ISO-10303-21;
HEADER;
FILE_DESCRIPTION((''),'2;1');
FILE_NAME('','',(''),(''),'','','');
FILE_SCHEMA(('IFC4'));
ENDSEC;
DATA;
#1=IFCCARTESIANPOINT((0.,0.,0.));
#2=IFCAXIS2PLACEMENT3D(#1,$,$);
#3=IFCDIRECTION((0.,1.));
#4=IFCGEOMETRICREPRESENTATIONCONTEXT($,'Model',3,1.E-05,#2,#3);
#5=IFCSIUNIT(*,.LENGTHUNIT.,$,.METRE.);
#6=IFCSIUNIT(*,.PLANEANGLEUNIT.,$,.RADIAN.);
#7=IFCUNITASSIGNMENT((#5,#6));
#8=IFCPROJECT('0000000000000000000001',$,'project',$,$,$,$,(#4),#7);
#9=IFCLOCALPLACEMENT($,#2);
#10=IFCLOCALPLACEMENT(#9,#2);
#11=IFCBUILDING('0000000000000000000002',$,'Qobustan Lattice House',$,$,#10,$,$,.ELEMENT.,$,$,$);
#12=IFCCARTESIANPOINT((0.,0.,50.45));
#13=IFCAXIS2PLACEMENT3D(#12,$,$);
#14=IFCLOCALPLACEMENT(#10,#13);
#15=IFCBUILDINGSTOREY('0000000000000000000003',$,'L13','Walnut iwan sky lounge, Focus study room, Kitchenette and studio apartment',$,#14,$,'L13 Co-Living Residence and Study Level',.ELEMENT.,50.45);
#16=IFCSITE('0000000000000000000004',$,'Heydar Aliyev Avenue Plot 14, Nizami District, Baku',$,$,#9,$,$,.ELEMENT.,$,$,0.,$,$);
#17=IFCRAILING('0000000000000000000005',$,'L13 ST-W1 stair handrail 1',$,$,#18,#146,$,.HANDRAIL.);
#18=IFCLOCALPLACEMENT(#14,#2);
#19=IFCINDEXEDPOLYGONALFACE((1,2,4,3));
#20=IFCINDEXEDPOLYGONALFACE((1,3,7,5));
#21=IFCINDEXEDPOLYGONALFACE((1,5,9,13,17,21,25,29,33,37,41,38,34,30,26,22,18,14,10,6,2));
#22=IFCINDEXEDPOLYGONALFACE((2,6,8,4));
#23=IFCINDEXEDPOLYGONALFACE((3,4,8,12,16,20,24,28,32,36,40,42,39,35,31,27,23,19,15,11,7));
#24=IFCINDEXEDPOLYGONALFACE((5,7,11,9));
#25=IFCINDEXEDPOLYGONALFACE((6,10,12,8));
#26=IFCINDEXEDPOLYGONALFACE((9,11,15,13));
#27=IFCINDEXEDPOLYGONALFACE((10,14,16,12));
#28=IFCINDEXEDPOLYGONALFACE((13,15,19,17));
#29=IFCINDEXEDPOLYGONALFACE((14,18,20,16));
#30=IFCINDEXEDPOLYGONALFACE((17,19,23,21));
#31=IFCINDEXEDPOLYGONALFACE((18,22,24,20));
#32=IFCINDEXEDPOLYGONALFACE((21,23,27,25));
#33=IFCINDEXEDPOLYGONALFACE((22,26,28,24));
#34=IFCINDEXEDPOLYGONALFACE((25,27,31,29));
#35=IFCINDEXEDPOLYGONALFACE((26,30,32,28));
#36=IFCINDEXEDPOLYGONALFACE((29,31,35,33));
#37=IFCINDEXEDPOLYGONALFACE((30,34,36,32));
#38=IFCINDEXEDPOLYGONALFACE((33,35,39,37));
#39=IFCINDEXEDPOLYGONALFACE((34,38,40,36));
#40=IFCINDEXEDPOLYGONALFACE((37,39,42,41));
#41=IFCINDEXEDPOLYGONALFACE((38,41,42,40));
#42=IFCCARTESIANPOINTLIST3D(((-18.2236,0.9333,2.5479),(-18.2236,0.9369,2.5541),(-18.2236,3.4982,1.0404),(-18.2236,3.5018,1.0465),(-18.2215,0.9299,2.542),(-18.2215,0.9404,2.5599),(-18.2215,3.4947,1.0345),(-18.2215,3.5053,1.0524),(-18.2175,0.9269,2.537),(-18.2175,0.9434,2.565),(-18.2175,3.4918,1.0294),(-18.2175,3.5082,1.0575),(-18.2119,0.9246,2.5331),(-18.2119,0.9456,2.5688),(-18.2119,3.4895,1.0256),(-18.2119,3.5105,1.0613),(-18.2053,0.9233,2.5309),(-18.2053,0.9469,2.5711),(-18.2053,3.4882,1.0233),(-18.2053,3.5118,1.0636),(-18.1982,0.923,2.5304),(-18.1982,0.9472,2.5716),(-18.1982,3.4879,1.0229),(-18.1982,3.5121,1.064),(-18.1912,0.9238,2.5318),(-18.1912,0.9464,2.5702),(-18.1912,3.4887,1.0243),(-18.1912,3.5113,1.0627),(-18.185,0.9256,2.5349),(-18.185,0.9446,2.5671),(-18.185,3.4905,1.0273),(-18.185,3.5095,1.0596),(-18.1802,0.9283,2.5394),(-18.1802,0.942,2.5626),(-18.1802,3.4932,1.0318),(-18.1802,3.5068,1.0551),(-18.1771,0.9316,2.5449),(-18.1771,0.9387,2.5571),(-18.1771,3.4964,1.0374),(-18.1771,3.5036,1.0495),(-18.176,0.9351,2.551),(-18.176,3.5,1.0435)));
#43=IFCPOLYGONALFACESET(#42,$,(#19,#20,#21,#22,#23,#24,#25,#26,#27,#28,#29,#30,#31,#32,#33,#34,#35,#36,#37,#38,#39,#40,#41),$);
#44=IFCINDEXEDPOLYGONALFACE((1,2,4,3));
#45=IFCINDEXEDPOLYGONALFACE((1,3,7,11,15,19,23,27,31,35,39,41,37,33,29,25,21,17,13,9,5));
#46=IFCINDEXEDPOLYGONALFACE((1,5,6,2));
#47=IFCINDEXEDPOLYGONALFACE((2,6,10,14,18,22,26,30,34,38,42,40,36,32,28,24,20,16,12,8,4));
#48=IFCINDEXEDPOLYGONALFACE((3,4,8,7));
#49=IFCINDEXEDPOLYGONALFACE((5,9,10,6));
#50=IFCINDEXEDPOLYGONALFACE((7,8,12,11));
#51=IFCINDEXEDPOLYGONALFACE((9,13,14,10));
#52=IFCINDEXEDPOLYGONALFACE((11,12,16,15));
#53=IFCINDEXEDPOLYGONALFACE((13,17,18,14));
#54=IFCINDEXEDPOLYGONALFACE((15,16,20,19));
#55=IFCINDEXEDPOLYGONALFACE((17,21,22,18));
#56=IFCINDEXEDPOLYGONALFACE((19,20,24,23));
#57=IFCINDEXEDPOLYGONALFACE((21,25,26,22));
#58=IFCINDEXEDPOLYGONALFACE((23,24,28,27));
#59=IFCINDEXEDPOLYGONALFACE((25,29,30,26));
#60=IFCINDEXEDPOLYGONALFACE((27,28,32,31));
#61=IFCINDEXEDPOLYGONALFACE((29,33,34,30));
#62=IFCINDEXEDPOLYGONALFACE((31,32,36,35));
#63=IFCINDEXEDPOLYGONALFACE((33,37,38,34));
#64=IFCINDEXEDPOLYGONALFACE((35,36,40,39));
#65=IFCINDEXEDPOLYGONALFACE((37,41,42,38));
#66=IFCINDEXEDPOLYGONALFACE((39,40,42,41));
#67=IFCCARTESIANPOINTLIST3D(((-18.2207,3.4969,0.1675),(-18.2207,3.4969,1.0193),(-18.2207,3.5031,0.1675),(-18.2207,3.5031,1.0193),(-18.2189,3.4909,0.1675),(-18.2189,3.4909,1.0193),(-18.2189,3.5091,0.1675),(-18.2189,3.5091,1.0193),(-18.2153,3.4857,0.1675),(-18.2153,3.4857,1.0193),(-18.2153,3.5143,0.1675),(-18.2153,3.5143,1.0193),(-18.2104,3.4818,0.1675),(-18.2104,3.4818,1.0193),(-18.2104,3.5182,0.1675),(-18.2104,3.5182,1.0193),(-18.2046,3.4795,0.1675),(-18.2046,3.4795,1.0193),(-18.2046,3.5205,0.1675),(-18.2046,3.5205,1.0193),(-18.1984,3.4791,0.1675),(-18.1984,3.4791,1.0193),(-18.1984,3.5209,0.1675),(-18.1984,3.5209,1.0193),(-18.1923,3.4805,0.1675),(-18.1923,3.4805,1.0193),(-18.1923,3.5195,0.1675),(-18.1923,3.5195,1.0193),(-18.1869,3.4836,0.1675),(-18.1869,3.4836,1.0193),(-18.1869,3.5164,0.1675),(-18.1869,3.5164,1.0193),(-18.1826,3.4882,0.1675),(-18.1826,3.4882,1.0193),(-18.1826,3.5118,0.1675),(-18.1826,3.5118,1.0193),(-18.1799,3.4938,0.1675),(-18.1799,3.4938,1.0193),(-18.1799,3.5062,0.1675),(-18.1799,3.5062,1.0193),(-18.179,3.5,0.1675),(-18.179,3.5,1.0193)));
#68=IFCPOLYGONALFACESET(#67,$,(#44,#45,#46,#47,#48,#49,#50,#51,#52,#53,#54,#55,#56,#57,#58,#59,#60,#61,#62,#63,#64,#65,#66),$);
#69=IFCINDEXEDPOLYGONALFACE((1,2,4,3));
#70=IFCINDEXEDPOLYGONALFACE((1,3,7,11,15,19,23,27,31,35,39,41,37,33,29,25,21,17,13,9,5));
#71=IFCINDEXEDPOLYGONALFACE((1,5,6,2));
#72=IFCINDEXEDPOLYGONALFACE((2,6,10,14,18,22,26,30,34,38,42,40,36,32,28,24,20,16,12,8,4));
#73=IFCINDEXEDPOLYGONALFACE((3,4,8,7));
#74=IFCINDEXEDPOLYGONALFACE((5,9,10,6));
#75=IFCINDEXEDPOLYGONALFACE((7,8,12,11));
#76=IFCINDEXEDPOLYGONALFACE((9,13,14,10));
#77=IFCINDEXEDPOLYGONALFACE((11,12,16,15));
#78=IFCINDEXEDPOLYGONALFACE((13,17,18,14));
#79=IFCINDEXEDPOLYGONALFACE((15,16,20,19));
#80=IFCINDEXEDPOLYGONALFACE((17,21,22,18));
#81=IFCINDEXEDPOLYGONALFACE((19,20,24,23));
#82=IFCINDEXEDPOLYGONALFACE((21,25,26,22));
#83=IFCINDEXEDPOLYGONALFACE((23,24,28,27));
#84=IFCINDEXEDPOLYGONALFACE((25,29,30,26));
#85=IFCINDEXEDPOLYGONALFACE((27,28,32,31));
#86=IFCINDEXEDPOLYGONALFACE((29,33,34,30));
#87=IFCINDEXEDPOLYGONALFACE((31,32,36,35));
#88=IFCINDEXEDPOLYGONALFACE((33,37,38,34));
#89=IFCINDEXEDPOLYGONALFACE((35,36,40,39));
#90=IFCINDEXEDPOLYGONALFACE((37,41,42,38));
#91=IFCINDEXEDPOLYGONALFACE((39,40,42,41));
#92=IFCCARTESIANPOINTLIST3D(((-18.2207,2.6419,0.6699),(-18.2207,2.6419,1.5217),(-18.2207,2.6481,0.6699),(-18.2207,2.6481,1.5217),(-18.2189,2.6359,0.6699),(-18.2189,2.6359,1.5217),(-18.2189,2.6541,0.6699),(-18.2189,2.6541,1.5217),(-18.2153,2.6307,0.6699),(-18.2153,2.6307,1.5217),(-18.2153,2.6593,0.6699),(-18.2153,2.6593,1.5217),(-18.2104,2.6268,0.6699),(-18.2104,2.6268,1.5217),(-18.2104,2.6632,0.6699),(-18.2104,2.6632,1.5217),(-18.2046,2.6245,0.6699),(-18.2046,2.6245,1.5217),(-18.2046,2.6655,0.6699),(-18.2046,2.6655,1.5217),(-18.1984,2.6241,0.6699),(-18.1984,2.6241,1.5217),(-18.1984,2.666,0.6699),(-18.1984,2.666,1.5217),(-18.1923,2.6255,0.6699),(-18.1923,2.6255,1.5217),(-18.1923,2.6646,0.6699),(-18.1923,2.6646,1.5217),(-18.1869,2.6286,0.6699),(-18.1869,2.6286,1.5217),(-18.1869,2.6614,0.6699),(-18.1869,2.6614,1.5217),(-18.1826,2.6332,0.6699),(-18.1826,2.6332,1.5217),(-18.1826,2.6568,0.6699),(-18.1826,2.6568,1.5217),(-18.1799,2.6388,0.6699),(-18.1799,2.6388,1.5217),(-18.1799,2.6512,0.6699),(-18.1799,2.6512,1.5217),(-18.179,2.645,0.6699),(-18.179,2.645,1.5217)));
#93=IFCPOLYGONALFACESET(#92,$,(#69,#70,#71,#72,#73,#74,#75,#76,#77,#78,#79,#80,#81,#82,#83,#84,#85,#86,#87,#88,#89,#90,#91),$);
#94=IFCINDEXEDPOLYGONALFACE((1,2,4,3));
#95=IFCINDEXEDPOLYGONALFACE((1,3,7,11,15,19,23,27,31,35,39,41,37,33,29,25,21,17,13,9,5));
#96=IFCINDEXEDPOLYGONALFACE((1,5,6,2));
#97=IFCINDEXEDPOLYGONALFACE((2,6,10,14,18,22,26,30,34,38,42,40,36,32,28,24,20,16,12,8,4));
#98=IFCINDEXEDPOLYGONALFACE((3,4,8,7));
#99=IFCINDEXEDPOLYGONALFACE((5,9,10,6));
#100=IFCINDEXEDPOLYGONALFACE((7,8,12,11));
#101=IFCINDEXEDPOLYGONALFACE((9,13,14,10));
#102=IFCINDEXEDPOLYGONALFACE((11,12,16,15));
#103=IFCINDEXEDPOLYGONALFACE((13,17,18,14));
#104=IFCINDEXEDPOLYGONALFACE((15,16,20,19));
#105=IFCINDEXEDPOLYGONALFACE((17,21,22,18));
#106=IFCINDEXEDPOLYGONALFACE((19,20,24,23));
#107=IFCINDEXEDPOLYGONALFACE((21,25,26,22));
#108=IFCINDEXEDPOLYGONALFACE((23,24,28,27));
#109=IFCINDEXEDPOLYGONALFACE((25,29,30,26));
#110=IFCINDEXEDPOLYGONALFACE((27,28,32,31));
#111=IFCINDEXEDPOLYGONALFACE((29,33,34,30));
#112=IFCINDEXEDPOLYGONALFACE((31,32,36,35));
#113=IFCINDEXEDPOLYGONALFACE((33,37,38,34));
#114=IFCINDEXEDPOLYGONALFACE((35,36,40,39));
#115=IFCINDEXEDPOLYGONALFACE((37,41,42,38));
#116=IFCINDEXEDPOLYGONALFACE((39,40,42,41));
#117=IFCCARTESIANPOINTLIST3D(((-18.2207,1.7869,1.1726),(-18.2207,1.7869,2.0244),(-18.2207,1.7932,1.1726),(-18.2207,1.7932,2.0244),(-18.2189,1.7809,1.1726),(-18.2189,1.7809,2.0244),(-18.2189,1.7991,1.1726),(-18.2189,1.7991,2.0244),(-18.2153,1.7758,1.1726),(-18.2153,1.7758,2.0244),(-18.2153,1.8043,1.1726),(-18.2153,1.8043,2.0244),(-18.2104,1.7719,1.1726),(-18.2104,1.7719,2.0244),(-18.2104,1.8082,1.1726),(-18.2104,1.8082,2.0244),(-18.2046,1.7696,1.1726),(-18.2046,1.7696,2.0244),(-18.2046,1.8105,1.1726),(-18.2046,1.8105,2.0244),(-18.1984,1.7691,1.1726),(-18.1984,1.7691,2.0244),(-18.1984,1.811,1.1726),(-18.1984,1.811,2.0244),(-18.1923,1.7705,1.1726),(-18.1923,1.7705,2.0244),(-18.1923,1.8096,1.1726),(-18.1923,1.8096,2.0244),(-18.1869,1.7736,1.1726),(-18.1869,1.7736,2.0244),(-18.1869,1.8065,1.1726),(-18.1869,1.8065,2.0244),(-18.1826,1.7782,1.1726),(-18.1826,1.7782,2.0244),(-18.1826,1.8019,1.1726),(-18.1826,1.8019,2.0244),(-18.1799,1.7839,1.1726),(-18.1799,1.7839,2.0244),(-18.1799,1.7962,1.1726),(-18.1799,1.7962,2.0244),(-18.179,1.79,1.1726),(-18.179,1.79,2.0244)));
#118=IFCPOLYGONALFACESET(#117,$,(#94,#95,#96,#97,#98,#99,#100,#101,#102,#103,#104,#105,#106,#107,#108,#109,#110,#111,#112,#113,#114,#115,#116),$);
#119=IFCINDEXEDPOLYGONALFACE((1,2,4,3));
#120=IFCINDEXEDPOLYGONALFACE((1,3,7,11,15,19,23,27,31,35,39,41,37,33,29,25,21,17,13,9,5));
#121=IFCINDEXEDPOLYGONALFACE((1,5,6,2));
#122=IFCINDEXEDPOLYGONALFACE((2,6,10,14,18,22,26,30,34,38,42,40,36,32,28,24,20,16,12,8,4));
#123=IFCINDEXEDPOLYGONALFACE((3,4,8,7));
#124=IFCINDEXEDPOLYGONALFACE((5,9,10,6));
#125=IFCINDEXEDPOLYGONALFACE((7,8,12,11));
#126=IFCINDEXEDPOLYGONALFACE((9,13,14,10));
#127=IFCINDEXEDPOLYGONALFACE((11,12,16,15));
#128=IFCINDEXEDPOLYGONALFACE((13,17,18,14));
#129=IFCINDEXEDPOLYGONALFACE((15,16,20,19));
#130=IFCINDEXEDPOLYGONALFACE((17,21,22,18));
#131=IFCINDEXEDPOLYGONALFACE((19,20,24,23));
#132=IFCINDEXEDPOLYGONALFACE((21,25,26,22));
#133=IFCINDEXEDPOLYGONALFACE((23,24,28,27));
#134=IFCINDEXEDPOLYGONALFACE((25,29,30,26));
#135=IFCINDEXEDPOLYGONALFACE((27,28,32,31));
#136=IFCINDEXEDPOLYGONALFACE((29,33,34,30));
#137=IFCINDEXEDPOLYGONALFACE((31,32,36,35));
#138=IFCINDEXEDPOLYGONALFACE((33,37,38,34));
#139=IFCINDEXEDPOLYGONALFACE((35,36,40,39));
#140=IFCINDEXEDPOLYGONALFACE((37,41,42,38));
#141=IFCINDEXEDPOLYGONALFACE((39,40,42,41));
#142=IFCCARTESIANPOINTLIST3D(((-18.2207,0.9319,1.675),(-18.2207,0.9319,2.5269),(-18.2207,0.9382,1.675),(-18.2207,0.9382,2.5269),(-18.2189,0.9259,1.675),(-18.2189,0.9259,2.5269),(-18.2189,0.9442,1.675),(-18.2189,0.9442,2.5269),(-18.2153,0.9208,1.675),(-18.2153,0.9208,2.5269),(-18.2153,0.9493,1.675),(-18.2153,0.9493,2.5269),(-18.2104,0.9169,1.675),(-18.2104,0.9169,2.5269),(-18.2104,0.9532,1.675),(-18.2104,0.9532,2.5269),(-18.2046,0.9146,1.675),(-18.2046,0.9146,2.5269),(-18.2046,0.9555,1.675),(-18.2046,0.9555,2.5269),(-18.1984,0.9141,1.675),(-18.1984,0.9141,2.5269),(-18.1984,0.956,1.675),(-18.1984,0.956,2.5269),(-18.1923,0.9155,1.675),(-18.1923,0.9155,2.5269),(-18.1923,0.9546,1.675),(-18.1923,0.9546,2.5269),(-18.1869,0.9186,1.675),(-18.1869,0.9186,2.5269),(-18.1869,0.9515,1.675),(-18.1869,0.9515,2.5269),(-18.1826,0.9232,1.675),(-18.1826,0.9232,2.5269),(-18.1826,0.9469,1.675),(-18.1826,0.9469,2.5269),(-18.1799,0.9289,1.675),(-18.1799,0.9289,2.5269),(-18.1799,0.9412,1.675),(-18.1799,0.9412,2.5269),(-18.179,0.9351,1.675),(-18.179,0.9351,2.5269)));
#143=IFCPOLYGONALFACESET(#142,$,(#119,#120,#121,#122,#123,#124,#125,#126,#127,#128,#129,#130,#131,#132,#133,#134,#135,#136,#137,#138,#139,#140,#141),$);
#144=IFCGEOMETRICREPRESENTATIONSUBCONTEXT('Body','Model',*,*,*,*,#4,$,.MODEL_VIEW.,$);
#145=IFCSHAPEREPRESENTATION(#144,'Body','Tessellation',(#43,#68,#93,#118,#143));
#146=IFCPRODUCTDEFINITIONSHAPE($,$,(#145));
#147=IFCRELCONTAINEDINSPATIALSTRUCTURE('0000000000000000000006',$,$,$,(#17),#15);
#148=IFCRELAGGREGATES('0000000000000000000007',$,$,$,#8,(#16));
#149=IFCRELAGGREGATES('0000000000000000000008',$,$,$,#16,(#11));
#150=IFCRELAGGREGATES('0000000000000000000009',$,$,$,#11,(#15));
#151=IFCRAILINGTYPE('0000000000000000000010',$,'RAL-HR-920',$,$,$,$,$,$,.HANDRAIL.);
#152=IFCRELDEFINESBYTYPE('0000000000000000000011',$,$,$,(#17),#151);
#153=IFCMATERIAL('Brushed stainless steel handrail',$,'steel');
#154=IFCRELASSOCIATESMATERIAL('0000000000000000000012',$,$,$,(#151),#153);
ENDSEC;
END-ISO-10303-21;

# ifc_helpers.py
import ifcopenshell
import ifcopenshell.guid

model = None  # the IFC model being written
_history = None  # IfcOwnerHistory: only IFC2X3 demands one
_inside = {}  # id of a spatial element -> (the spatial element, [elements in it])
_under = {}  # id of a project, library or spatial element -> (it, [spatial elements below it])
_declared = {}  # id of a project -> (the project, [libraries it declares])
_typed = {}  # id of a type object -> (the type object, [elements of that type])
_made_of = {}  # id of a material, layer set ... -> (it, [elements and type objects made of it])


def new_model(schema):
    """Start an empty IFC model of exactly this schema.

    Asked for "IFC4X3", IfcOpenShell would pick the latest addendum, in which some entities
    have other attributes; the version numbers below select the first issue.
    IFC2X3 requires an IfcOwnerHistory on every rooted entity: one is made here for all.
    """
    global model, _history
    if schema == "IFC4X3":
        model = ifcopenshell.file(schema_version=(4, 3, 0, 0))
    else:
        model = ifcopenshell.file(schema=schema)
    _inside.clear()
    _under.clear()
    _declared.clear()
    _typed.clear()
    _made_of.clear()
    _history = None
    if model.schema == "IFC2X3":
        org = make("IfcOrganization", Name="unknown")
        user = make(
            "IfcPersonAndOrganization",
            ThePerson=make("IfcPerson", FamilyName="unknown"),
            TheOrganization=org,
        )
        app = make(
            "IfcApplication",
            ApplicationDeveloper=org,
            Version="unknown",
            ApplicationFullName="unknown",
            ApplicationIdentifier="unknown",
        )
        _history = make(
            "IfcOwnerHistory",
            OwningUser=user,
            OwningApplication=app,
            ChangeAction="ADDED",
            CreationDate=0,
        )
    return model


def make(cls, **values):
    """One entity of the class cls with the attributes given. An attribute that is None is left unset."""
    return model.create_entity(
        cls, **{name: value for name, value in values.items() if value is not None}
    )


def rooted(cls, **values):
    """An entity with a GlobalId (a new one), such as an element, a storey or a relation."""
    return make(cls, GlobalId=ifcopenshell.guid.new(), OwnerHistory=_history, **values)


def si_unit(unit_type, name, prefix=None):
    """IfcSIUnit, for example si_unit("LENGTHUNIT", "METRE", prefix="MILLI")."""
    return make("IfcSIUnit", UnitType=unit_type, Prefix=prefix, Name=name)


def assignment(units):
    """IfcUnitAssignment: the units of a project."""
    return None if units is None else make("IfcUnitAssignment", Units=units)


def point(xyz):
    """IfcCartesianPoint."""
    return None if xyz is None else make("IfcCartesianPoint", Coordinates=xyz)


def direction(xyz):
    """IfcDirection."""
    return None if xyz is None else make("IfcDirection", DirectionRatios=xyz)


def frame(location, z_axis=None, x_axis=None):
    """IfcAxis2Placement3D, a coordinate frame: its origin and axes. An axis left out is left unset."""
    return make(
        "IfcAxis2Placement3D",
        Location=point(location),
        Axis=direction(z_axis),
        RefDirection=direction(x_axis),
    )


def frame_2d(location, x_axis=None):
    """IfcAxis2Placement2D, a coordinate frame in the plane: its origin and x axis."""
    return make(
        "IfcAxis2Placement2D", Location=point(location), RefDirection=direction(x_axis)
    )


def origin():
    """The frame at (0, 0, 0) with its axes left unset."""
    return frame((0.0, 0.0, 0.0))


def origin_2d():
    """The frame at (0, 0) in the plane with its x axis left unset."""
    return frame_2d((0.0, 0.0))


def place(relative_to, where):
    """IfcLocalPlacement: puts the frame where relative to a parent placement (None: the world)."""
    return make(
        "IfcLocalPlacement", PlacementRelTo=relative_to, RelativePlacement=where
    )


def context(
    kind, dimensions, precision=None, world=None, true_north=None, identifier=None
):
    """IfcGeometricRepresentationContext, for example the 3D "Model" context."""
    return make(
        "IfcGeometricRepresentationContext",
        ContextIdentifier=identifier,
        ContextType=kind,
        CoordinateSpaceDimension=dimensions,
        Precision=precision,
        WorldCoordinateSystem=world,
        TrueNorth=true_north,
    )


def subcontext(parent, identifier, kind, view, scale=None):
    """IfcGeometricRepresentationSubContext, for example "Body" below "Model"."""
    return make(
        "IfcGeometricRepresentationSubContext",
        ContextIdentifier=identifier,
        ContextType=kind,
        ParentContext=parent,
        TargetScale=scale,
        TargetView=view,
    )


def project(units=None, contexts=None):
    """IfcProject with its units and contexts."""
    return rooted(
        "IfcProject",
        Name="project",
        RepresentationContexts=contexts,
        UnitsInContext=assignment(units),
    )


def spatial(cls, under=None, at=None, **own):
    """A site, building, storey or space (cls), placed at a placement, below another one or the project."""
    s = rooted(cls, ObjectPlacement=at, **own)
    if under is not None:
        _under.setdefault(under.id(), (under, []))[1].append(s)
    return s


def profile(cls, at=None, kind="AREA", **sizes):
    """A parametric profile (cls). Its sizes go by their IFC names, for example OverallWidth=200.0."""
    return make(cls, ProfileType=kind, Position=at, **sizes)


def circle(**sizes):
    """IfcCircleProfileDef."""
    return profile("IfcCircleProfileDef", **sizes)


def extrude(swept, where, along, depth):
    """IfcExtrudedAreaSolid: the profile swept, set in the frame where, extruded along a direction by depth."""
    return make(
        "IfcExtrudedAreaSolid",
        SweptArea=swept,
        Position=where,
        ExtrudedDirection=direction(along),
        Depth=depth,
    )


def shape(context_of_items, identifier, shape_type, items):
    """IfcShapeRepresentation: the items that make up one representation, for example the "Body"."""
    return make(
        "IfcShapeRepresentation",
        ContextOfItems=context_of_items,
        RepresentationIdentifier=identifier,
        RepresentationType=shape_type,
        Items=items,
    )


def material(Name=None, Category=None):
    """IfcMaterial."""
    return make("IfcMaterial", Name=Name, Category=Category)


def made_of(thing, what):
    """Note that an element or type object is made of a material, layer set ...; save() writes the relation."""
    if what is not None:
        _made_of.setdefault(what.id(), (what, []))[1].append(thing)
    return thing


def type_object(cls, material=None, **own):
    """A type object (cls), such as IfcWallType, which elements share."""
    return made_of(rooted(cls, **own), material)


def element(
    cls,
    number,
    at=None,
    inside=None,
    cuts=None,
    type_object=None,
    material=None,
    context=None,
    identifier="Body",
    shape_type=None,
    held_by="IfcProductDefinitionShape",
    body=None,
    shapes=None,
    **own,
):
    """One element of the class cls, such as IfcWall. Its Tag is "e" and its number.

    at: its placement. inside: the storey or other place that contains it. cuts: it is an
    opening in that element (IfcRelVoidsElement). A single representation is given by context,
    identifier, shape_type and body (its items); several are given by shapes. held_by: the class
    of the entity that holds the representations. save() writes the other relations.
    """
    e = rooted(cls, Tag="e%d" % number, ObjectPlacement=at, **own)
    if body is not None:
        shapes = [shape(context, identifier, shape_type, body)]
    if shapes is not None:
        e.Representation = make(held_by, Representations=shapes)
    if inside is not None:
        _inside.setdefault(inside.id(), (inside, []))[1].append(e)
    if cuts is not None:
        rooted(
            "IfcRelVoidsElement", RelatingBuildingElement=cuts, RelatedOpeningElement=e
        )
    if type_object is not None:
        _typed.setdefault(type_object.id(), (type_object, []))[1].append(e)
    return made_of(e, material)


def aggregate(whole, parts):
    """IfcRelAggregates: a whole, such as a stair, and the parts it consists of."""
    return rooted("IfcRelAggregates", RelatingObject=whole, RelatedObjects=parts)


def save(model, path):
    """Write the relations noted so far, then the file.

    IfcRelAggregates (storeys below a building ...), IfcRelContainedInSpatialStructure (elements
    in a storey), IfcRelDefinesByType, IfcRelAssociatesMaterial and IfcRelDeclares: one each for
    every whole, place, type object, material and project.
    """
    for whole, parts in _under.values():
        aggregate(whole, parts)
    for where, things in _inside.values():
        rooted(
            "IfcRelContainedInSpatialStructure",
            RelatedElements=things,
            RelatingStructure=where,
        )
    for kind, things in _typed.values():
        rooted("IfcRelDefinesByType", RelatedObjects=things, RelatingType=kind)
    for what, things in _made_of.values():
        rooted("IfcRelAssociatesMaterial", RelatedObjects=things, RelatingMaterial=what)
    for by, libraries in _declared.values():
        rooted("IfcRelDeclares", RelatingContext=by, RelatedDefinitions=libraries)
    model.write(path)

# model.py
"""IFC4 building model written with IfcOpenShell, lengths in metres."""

from ifc_helpers import new_model, si_unit, direction, frame, origin, origin_2d, place, context, subcontext, project, spatial, circle, extrude, material, type_object, element, save


model = new_model("IFC4")

# Units and contexts
model_context = context("Model", 3, precision=1e-05, world=origin(), true_north=direction((0.0, 1.0)))
body_context = subcontext(model_context, "Body", "Model", "MODEL_VIEW")
ifc_project = project(units=[si_unit("LENGTHUNIT", "METRE"), si_unit("PLANEANGLEUNIT", "RADIAN")], contexts=[model_context])

# Site, building, storey
site_placement = place(None, origin())
site = spatial("IfcSite", under=ifc_project, at=site_placement, Name="Heydar Aliyev Avenue Plot 14, Nizami District, Baku", CompositionType="ELEMENT", RefElevation=0.0)
building_placement = place(site_placement, origin())
building = spatial("IfcBuilding", under=site, at=building_placement, Name="Qobustan Lattice House", CompositionType="ELEMENT")
storey_placement = place(building_placement, frame((0.0, 0.0, 50.45)))
storey = spatial("IfcBuildingStorey", under=building, at=storey_placement, Name="L13", Description="Walnut iwan sky lounge, Focus study room, Kitchenette and studio apartment", LongName="L13 Co-Living Residence and Study Level", CompositionType="ELEMENT", Elevation=50.45)

# Railing
ifc_material_1 = material(Name="Brushed stainless steel handrail", Category="steel")
railing_type_1 = type_object("IfcRailingType", Name="RAL-HR-920", PredefinedType="HANDRAIL", material=ifc_material_1)
railing_1_placement = place(storey_placement, frame((-18.2, 3.5, 0.1675)))
element("IfcRailing", 1, at=railing_1_placement, inside=storey, type_object=railing_type_1, Name="L13 ST-W1 stair handrail 1", PredefinedType="HANDRAIL", context=body_context, shape_type="SweptSolid", body=[
    extrude(circle(Radius=0.0239, at=origin_2d()), frame((0.0, 0.0, 0.876), z_axis=(0.0, -0.862113, 0.506715), x_axis=(1.0, 0.0, 0.0)), (0.0, 0.0, 1.0), 2.9751),
    extrude(circle(Radius=0.021, at=origin_2d()), origin(), (0.0, 0.0, 1.0), 0.8518),
    extrude(circle(Radius=0.021, at=origin_2d()), frame((0.0, -0.855, 0.5024)), (0.0, 0.0, 1.0), 0.8518),
    extrude(circle(Radius=0.021, at=origin_2d()), frame((0.0, -1.71, 1.0051)), (0.0, 0.0, 1.0), 0.8518),
    extrude(circle(Radius=0.021, at=origin_2d()), frame((0.0, -2.5649, 1.5076)), (0.0, 0.0, 1.0), 0.8518),
])

save(model, "model.ifc")
